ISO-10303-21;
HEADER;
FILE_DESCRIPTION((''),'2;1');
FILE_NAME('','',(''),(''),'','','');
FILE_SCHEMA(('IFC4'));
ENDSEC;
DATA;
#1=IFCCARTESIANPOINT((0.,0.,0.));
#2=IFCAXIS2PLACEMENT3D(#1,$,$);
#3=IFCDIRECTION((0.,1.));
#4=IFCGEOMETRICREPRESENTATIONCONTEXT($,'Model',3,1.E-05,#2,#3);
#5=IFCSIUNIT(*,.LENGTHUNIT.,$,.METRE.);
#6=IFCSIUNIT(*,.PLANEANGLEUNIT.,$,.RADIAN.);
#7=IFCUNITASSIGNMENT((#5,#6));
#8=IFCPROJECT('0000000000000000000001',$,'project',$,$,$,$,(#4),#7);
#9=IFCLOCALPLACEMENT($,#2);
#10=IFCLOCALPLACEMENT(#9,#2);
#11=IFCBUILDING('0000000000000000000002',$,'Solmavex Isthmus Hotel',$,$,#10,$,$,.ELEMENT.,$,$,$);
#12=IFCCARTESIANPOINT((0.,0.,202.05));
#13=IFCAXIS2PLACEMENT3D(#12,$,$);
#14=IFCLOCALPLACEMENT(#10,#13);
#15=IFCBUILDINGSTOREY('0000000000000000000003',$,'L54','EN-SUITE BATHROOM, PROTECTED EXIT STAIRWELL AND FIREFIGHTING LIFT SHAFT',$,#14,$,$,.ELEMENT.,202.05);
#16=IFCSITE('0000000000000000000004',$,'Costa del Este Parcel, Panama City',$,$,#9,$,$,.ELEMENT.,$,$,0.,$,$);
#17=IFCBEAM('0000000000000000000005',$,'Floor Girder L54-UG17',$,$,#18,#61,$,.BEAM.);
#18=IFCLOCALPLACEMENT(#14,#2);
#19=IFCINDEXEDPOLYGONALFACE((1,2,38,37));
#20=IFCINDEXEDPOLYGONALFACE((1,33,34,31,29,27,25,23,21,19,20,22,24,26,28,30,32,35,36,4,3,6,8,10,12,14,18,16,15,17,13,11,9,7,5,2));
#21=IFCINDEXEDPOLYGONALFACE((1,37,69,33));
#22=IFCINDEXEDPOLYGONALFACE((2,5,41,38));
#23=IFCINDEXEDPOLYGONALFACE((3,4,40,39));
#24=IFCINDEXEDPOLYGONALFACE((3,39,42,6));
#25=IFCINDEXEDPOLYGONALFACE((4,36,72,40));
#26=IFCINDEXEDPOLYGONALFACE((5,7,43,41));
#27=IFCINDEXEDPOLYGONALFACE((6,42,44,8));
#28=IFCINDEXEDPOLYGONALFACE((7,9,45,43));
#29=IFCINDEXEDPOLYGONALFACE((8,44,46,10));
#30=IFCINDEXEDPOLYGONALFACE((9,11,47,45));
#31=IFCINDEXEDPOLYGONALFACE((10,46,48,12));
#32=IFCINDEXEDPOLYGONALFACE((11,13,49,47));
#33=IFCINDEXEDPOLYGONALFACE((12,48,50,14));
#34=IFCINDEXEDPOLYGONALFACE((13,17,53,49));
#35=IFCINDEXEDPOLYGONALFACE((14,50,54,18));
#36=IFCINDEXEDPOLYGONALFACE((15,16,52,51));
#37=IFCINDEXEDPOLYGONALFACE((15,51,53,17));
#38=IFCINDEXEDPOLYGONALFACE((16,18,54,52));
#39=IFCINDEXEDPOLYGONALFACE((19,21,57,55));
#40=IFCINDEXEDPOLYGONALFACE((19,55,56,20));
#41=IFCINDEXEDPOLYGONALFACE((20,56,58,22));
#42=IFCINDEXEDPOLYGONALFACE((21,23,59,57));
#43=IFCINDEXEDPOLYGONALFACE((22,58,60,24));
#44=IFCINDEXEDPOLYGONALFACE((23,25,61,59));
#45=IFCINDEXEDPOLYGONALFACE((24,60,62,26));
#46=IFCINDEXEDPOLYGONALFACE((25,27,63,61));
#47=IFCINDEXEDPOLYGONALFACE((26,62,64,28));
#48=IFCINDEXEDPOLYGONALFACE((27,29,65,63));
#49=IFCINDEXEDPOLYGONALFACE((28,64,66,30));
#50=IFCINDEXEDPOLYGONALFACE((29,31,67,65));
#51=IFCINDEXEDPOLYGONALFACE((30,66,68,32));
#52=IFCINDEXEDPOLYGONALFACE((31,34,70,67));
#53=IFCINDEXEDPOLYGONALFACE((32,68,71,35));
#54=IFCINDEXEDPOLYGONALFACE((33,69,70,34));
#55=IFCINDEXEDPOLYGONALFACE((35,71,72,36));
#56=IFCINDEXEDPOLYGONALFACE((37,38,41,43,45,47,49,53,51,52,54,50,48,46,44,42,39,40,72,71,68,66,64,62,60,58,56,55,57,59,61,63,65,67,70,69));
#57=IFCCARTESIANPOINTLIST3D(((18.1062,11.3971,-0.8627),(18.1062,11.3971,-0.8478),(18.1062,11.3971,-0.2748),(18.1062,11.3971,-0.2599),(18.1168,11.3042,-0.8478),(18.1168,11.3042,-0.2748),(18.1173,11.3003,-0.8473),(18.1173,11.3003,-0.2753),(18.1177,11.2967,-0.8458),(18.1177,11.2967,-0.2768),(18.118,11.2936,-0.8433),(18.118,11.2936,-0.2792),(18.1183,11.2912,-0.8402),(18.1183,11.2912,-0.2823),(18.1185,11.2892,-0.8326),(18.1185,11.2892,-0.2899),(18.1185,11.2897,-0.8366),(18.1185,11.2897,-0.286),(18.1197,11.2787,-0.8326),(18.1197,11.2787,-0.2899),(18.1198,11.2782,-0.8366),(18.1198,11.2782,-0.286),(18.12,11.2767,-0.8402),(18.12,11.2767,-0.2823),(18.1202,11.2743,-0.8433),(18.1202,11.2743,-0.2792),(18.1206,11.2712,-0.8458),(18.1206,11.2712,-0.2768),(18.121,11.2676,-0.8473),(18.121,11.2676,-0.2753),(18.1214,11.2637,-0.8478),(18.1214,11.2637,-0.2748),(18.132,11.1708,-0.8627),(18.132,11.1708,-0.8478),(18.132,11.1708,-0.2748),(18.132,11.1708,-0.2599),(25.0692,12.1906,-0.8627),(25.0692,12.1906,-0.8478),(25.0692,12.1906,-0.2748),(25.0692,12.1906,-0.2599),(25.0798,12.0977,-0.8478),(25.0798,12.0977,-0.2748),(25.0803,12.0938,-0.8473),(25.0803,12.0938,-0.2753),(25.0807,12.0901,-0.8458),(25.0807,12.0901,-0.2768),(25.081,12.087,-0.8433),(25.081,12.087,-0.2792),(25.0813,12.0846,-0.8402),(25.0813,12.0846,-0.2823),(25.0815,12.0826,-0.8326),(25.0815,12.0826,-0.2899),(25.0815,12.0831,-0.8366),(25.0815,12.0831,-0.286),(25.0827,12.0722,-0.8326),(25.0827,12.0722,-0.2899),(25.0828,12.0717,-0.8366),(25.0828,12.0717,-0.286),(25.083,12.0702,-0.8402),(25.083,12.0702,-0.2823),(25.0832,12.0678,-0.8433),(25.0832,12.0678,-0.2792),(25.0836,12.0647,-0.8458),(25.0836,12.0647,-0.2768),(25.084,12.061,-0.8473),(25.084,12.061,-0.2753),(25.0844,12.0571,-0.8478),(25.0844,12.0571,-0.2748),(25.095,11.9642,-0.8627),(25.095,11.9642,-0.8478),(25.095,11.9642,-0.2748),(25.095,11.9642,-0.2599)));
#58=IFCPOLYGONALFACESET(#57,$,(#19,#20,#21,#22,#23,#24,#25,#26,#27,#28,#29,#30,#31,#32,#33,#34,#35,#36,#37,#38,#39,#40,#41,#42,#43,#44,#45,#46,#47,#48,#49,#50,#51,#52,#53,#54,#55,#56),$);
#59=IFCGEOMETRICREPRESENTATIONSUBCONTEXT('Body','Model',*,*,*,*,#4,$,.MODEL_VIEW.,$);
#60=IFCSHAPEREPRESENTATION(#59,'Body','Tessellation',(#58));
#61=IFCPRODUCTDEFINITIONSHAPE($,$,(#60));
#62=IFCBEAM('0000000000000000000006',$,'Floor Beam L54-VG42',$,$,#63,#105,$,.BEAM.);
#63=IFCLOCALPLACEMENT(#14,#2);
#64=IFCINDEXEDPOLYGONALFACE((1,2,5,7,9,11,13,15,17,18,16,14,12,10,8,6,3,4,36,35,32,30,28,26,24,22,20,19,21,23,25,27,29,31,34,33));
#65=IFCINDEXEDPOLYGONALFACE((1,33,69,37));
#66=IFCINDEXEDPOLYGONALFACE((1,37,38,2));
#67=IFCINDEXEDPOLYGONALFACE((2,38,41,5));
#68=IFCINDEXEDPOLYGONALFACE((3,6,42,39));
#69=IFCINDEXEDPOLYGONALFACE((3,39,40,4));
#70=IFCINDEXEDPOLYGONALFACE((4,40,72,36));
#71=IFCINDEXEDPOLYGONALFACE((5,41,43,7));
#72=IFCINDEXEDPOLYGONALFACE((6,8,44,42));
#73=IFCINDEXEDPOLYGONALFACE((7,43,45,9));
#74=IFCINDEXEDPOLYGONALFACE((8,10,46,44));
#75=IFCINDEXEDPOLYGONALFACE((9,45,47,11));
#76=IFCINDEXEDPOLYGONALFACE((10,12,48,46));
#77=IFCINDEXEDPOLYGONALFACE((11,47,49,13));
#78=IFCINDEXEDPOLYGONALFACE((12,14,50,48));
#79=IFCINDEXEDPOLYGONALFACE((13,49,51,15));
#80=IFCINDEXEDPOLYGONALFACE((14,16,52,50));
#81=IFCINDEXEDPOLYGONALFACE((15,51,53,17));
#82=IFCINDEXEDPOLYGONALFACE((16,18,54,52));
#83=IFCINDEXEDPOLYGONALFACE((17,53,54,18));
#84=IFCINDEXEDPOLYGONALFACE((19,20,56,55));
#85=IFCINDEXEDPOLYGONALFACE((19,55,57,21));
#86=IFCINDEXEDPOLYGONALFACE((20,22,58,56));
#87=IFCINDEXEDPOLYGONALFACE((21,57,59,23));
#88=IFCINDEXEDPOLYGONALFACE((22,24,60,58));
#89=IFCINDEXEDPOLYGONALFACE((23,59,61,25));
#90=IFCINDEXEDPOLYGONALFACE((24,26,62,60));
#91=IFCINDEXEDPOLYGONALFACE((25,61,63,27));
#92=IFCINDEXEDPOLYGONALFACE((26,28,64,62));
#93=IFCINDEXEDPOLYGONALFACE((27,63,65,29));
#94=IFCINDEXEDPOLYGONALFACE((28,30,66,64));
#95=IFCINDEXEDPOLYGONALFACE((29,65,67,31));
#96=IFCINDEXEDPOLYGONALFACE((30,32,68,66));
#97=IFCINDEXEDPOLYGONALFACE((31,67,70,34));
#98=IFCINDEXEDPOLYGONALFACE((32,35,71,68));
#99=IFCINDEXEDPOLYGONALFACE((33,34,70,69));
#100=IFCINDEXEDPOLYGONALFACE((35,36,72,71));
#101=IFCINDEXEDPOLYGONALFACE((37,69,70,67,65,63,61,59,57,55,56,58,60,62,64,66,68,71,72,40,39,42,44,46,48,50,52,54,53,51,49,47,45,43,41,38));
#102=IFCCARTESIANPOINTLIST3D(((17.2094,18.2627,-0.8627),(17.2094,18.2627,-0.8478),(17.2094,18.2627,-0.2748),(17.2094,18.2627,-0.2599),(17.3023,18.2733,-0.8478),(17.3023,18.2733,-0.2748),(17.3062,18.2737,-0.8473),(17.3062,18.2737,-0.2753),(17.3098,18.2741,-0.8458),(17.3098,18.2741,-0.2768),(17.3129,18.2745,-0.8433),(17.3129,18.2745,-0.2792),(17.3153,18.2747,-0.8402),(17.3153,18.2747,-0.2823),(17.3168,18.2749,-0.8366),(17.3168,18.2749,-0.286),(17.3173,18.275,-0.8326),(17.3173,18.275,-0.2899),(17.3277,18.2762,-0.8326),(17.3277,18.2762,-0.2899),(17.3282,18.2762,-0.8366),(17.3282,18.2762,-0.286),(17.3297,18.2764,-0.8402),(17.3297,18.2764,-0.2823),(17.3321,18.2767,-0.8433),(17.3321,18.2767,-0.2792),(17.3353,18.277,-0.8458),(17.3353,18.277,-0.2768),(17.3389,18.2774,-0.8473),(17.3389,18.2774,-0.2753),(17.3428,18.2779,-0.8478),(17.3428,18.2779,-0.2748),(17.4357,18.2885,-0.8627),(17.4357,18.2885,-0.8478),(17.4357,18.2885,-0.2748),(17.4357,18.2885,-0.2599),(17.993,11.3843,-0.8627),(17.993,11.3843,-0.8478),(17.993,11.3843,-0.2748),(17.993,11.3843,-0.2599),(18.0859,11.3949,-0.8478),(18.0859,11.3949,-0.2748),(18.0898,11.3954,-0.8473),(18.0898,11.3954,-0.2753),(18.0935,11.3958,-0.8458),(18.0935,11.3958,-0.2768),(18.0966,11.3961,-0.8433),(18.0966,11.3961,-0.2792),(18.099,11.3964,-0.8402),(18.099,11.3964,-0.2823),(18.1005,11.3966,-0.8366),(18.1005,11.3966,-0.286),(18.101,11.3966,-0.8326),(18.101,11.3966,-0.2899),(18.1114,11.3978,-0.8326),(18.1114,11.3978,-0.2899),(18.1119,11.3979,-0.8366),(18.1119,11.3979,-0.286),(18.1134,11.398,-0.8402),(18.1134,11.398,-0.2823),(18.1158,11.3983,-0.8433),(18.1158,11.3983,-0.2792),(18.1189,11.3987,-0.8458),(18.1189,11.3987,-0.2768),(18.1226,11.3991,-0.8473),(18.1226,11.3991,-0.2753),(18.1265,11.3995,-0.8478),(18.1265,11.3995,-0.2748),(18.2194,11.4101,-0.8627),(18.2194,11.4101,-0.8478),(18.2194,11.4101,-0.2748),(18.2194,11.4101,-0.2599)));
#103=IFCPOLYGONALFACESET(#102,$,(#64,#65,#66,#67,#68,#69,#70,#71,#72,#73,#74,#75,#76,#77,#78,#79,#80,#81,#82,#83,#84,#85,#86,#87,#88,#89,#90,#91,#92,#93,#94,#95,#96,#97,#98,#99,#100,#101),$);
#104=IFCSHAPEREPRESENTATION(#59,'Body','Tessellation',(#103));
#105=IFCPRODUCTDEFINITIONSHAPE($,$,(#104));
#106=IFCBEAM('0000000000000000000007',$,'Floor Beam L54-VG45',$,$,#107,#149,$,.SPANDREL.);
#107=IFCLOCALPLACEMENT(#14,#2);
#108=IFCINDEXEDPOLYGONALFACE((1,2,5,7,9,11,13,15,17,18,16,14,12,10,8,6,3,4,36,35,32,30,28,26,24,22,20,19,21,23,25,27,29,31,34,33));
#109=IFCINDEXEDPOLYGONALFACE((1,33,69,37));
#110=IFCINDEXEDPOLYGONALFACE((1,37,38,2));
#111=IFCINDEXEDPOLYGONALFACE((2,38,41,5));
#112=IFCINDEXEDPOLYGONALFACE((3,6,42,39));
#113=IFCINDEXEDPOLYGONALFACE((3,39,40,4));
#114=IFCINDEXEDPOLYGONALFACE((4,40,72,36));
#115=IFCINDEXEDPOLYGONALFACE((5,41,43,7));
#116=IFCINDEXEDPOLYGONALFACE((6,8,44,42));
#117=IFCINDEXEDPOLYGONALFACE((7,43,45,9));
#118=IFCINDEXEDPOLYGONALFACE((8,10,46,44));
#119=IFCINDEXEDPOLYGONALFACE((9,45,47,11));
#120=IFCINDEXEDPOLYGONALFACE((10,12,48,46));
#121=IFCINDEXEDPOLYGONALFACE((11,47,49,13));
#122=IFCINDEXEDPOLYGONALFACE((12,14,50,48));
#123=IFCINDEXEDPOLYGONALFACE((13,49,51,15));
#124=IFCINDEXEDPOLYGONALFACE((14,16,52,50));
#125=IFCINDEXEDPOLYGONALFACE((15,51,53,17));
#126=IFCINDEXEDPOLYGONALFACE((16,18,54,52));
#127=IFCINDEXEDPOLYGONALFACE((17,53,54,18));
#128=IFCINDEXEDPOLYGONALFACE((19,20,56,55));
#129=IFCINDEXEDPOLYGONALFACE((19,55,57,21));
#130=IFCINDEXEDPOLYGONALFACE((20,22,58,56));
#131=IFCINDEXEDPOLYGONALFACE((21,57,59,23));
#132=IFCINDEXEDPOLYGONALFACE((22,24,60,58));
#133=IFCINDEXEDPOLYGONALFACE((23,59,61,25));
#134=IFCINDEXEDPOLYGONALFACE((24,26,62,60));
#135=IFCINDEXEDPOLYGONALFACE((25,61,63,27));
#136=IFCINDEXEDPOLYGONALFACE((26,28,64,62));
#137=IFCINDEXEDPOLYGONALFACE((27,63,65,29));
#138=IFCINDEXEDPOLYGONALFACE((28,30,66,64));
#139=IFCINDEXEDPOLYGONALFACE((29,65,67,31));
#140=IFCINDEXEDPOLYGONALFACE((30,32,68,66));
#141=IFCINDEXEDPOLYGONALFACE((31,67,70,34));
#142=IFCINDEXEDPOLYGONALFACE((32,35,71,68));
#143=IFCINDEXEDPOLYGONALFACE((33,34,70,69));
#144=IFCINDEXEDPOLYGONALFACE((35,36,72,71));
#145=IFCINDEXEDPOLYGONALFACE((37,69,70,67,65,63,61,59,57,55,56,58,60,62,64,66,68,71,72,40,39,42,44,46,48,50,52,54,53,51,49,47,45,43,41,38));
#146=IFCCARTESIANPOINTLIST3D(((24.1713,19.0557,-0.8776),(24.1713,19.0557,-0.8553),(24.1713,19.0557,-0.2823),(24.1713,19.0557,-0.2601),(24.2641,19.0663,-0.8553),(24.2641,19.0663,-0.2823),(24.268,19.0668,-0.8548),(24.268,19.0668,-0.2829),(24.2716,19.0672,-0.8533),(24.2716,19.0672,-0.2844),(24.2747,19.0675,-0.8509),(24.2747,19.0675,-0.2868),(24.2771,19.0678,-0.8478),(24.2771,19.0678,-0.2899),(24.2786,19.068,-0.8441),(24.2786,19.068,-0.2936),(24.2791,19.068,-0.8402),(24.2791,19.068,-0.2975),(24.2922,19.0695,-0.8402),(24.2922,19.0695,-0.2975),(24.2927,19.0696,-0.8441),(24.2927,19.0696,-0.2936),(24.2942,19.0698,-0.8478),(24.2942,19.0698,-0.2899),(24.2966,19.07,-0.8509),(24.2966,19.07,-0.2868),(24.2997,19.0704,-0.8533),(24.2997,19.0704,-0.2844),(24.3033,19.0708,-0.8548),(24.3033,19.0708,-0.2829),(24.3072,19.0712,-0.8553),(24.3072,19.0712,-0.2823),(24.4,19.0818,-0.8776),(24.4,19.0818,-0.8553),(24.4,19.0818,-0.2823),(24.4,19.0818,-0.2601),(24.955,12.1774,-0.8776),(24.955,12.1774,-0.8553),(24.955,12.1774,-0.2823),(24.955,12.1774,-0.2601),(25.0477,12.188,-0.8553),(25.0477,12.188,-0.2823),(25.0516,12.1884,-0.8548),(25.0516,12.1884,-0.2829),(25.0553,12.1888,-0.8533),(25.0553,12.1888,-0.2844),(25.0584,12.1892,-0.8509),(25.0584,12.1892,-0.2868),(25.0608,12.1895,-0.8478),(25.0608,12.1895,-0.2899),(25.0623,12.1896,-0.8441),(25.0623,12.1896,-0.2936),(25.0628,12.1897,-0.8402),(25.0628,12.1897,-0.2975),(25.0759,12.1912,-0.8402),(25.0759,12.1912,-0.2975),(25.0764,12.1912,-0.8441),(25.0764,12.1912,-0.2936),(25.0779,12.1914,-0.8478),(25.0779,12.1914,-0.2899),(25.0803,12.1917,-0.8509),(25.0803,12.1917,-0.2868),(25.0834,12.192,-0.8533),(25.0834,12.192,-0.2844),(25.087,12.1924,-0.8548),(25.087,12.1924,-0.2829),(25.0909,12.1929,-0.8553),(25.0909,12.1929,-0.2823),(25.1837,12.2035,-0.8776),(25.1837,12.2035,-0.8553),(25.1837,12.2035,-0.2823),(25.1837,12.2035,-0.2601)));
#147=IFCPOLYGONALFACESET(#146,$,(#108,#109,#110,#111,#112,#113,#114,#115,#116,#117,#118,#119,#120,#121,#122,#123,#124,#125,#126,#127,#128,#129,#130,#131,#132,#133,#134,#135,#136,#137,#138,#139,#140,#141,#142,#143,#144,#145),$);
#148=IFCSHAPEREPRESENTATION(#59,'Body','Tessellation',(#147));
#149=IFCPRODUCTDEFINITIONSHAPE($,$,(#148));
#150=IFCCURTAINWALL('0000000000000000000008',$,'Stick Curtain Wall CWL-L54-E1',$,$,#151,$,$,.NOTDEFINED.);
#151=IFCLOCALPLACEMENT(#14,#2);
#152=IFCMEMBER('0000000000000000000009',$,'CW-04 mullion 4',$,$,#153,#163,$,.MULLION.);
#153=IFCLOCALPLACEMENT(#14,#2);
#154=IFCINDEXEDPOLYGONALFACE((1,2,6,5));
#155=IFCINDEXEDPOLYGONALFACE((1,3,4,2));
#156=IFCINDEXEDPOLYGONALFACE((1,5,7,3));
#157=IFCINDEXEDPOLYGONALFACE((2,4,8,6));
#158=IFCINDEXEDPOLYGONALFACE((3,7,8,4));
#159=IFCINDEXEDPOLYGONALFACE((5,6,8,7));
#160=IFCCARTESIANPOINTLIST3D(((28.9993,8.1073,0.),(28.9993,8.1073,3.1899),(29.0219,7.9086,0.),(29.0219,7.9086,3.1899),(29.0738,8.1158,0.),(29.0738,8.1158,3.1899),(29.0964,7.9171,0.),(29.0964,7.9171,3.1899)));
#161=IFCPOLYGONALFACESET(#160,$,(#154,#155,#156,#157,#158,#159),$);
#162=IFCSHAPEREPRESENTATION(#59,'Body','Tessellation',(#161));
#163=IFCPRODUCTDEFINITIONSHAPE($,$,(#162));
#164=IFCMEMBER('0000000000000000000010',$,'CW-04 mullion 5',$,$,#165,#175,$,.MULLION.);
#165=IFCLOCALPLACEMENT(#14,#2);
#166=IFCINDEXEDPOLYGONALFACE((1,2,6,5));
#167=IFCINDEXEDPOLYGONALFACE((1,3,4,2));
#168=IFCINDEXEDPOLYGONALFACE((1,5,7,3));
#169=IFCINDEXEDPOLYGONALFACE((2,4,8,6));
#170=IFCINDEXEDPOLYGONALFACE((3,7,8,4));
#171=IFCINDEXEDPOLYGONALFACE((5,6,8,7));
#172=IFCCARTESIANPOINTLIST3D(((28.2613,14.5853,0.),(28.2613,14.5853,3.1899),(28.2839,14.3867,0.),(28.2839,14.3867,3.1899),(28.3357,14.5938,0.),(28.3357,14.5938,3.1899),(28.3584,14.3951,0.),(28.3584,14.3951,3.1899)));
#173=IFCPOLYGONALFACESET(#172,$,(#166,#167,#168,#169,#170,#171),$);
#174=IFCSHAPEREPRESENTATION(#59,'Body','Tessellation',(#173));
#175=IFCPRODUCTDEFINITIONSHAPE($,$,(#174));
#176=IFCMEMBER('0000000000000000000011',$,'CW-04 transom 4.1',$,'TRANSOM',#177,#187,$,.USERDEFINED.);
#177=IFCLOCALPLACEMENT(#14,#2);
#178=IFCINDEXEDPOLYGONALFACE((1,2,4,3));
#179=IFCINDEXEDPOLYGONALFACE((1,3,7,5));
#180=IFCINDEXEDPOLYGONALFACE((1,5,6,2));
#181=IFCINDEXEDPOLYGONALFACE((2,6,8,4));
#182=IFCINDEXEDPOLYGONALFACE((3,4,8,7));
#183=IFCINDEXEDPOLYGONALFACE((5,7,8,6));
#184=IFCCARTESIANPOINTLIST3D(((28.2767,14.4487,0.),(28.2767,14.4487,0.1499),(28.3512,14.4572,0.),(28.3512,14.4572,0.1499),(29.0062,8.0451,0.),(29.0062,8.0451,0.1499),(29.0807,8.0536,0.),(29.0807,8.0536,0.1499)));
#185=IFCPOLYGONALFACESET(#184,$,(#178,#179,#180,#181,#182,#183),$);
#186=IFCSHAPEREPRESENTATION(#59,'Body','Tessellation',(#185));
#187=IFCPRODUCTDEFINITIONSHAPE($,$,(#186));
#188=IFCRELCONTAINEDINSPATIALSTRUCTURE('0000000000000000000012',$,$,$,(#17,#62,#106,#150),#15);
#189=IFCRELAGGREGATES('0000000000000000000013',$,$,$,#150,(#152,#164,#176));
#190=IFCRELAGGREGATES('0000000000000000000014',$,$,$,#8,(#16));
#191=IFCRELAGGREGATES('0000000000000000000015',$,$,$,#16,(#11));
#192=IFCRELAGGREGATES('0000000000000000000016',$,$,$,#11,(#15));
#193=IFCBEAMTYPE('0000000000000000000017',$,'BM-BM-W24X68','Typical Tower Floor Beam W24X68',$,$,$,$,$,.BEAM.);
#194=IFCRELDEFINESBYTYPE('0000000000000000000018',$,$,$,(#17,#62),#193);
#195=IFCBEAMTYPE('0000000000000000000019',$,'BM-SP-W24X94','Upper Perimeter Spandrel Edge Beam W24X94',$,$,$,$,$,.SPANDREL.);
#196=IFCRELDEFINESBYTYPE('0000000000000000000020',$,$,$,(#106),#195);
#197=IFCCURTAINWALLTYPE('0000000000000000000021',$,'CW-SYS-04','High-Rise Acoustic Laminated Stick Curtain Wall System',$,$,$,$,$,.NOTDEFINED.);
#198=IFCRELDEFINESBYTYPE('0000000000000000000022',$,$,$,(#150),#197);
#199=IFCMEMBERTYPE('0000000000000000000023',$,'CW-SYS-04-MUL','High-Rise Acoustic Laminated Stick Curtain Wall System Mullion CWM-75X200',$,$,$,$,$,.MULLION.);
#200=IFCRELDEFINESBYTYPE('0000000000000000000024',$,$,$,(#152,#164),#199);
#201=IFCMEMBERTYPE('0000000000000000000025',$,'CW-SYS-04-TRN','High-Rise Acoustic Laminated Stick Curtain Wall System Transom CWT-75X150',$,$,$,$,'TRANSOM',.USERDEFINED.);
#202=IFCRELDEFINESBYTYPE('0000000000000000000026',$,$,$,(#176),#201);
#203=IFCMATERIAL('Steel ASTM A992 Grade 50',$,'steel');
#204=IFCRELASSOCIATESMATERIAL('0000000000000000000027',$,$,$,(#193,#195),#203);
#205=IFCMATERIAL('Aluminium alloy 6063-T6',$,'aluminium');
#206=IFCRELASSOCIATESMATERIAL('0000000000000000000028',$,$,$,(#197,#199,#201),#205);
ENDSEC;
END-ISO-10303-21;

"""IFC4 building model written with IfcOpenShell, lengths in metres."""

from ifc_helpers import new_model, si_unit, direction, frame, origin, origin_2d, place, context, subcontext, project, spatial, rectangle, i_section, extrude, material, material_profile, profile_set, type_object, element, aggregate, save


model = new_model("IFC4")

# Units and contexts
model_context = context("Model", 3, precision=1e-05, world=origin(), true_north=direction((0.0, 1.0)))
body_context = subcontext(model_context, "Body", "Model", "MODEL_VIEW")
ifc_project = project(units=[si_unit("LENGTHUNIT", "METRE"), si_unit("PLANEANGLEUNIT", "RADIAN")], contexts=[model_context])

# Site, building, storey
site_placement = place(None, origin())
site = spatial("IfcSite", under=ifc_project, at=site_placement, Name="Costa del Este Parcel, Panama City", CompositionType="ELEMENT", RefElevation=0.0)
building_placement = place(site_placement, origin())
building = spatial("IfcBuilding", under=site, at=building_placement, Name="Solmavex Isthmus Hotel", CompositionType="ELEMENT")
storey_placement = place(building_placement, frame((0.0, 0.0, 202.05)))
storey = spatial("IfcBuildingStorey", under=building, at=storey_placement, Name="L54", Description="EN-SUITE BATHROOM, PROTECTED EXIT STAIRWELL AND FIREFIGHTING LIFT SHAFT", CompositionType="ELEMENT", Elevation=202.05)

# Beams
ifc_material_1 = material(Name="Steel ASTM A992 Grade 50", Category="steel")
ifc_material_profile_1 = material_profile(ifc_material_1, i_section(OverallWidth=0.2278, OverallDepth=0.6028, WebThickness=0.0105, FlangeThickness=0.0149, FilletRadius=0.0151, at=origin_2d()), Name="W24X68")
ifc_profile_set_1 = profile_set([ifc_material_profile_1], Name="Steel ASTM A992 Grade 50")
beam_type_1 = type_object("IfcBeamType", Name="BM-BM-W24X68", Description="Typical Tower Floor Beam W24X68", PredefinedType="BEAM", material=ifc_profile_set_1)
beam_1_placement = place(storey_placement, frame((18.1191, 11.2839, -0.5613), z_axis=(0.99357, 0.113222, 0.0), x_axis=(-0.113222, 0.99357, 0.0)))
element("IfcBeam", 1, at=beam_1_placement, inside=storey, type_object=beam_type_1, Name="Floor Girder L54-UG17", PredefinedType="BEAM", context=body_context, shape_type="SweptSolid", body=[
    extrude(i_section(OverallWidth=0.2278, OverallDepth=0.6028, WebThickness=0.0105, FlangeThickness=0.0149, FilletRadius=0.0151, at=origin_2d()), origin(), (0.0, 0.0, 1.0), 7.0081),
])
beam_2_placement = place(storey_placement, frame((18.1062, 11.3972, -0.5613), z_axis=(-0.113202, 0.993572, 0.0), x_axis=(-0.993572, -0.113202, 0.0)))
element("IfcBeam", 2, at=beam_2_placement, inside=storey, type_object=beam_type_1, Name="Floor Beam L54-VG42", PredefinedType="BEAM", context=body_context, shape_type="SweptSolid", body=[
    extrude(i_section(OverallWidth=0.2278, OverallDepth=0.6028, WebThickness=0.0105, FlangeThickness=0.0149, FilletRadius=0.0151, at=origin_2d()), origin(), (0.0, 0.0, 1.0), 6.9229),
])
ifc_material_profile_2 = material_profile(ifc_material_1, i_section(OverallWidth=0.2302, OverallDepth=0.6174, WebThickness=0.0132, FlangeThickness=0.0222, FilletRadius=0.0151, at=origin_2d()), Name="W24X94")
ifc_profile_set_2 = profile_set([ifc_material_profile_2], Name="Steel ASTM A992 Grade 50")
beam_type_2 = type_object("IfcBeamType", Name="BM-SP-W24X94", Description="Upper Perimeter Spandrel Edge Beam W24X94", PredefinedType="SPANDREL", material=ifc_profile_set_2)
beam_3_placement = place(storey_placement, frame((25.0693, 12.1904, -0.5688), z_axis=(-0.113202, 0.993572, 0.0), x_axis=(-0.993572, -0.113202, 0.0)))
element("IfcBeam", 3, at=beam_3_placement, inside=storey, type_object=beam_type_2, Name="Floor Beam L54-VG45", PredefinedType="SPANDREL", context=body_context, shape_type="SweptSolid", body=[
    extrude(i_section(OverallWidth=0.2302, OverallDepth=0.6174, WebThickness=0.0132, FlangeThickness=0.0222, FilletRadius=0.0151, at=origin_2d()), origin(), (0.0, 0.0, 1.0), 6.9229),
])

# Curtain wall, members
ifc_material_2 = material(Name="Aluminium alloy 6063-T6", Category="aluminium")
curtain_wall_type = type_object("IfcCurtainWallType", Name="CW-SYS-04", Description="High-Rise Acoustic Laminated Stick Curtain Wall System", PredefinedType="NOTDEFINED", material=ifc_material_2)
curtain_wall_placement = place(storey_placement, origin())
curtain_wall = element("IfcCurtainWall", 4, at=curtain_wall_placement, inside=storey, type_object=curtain_wall_type, Name="Stick Curtain Wall CWL-L54-E1", PredefinedType="NOTDEFINED")
ifc_material_profile_3 = material_profile(ifc_material_2, rectangle(XDim=0.075, YDim=0.2, at=origin_2d()), Name="CWM-75X200")
ifc_profile_set_3 = profile_set([ifc_material_profile_3], Name="Aluminium alloy 6063-T6")
member_type_1 = type_object("IfcMemberType", Name="CW-SYS-04-MUL", Description="High-Rise Acoustic Laminated Stick Curtain Wall System Mullion CWM-75X200", PredefinedType="MULLION", material=ifc_profile_set_3)
member_1_placement = place(storey_placement, frame((29.0479, 8.0122, 0.0), z_axis=(0.0, 0.0, 1.0), x_axis=(-0.993572, -0.113203, 0.0)))
member_1 = element("IfcMember", 5, at=member_1_placement, type_object=member_type_1, Name="CW-04 mullion 4", PredefinedType="MULLION", context=body_context, shape_type="SweptSolid", body=[
    extrude(rectangle(XDim=0.075, YDim=0.2, at=origin_2d()), origin(), (0.0, 0.0, 1.0), 3.1899),
])
member_2_placement = place(storey_placement, frame((28.3098, 14.4902, 0.0), z_axis=(0.0, 0.0, 1.0), x_axis=(-0.993572, -0.113203, 0.0)))
member_2 = element("IfcMember", 6, at=member_2_placement, type_object=member_type_1, Name="CW-04 mullion 5", PredefinedType="MULLION", context=body_context, shape_type="SweptSolid", body=[
    extrude(rectangle(XDim=0.075, YDim=0.2, at=origin_2d()), origin(), (0.0, 0.0, 1.0), 3.1899),
])
ifc_material_profile_4 = material_profile(ifc_material_2, rectangle(XDim=0.075, YDim=0.1499, at=origin_2d()), Name="CWT-75X150")
ifc_profile_set_4 = profile_set([ifc_material_profile_4], Name="Aluminium alloy 6063-T6")
member_type_2 = type_object("IfcMemberType", Name="CW-SYS-04-TRN", Description="High-Rise Acoustic Laminated Stick Curtain Wall System Transom CWT-75X150", ElementType="TRANSOM", PredefinedType="USERDEFINED", material=ifc_profile_set_4)
member_3_placement = place(storey_placement, frame((29.0435, 8.0493, 0.075), z_axis=(-0.113188, 0.993574, 0.0), x_axis=(-0.993574, -0.113188, 0.0)))
member_3 = element("IfcMember", 7, at=member_3_placement, type_object=member_type_2, Name="CW-04 transom 4.1", ObjectType="TRANSOM", PredefinedType="USERDEFINED", context=body_context, shape_type="SweptSolid", body=[
    extrude(rectangle(XDim=0.075, YDim=0.1499, at=origin_2d()), origin(), (0.0, 0.0, 1.0), 6.4451),
])
aggregate(curtain_wall, [member_1, member_2, member_3])

save(model, "model.ifc")
